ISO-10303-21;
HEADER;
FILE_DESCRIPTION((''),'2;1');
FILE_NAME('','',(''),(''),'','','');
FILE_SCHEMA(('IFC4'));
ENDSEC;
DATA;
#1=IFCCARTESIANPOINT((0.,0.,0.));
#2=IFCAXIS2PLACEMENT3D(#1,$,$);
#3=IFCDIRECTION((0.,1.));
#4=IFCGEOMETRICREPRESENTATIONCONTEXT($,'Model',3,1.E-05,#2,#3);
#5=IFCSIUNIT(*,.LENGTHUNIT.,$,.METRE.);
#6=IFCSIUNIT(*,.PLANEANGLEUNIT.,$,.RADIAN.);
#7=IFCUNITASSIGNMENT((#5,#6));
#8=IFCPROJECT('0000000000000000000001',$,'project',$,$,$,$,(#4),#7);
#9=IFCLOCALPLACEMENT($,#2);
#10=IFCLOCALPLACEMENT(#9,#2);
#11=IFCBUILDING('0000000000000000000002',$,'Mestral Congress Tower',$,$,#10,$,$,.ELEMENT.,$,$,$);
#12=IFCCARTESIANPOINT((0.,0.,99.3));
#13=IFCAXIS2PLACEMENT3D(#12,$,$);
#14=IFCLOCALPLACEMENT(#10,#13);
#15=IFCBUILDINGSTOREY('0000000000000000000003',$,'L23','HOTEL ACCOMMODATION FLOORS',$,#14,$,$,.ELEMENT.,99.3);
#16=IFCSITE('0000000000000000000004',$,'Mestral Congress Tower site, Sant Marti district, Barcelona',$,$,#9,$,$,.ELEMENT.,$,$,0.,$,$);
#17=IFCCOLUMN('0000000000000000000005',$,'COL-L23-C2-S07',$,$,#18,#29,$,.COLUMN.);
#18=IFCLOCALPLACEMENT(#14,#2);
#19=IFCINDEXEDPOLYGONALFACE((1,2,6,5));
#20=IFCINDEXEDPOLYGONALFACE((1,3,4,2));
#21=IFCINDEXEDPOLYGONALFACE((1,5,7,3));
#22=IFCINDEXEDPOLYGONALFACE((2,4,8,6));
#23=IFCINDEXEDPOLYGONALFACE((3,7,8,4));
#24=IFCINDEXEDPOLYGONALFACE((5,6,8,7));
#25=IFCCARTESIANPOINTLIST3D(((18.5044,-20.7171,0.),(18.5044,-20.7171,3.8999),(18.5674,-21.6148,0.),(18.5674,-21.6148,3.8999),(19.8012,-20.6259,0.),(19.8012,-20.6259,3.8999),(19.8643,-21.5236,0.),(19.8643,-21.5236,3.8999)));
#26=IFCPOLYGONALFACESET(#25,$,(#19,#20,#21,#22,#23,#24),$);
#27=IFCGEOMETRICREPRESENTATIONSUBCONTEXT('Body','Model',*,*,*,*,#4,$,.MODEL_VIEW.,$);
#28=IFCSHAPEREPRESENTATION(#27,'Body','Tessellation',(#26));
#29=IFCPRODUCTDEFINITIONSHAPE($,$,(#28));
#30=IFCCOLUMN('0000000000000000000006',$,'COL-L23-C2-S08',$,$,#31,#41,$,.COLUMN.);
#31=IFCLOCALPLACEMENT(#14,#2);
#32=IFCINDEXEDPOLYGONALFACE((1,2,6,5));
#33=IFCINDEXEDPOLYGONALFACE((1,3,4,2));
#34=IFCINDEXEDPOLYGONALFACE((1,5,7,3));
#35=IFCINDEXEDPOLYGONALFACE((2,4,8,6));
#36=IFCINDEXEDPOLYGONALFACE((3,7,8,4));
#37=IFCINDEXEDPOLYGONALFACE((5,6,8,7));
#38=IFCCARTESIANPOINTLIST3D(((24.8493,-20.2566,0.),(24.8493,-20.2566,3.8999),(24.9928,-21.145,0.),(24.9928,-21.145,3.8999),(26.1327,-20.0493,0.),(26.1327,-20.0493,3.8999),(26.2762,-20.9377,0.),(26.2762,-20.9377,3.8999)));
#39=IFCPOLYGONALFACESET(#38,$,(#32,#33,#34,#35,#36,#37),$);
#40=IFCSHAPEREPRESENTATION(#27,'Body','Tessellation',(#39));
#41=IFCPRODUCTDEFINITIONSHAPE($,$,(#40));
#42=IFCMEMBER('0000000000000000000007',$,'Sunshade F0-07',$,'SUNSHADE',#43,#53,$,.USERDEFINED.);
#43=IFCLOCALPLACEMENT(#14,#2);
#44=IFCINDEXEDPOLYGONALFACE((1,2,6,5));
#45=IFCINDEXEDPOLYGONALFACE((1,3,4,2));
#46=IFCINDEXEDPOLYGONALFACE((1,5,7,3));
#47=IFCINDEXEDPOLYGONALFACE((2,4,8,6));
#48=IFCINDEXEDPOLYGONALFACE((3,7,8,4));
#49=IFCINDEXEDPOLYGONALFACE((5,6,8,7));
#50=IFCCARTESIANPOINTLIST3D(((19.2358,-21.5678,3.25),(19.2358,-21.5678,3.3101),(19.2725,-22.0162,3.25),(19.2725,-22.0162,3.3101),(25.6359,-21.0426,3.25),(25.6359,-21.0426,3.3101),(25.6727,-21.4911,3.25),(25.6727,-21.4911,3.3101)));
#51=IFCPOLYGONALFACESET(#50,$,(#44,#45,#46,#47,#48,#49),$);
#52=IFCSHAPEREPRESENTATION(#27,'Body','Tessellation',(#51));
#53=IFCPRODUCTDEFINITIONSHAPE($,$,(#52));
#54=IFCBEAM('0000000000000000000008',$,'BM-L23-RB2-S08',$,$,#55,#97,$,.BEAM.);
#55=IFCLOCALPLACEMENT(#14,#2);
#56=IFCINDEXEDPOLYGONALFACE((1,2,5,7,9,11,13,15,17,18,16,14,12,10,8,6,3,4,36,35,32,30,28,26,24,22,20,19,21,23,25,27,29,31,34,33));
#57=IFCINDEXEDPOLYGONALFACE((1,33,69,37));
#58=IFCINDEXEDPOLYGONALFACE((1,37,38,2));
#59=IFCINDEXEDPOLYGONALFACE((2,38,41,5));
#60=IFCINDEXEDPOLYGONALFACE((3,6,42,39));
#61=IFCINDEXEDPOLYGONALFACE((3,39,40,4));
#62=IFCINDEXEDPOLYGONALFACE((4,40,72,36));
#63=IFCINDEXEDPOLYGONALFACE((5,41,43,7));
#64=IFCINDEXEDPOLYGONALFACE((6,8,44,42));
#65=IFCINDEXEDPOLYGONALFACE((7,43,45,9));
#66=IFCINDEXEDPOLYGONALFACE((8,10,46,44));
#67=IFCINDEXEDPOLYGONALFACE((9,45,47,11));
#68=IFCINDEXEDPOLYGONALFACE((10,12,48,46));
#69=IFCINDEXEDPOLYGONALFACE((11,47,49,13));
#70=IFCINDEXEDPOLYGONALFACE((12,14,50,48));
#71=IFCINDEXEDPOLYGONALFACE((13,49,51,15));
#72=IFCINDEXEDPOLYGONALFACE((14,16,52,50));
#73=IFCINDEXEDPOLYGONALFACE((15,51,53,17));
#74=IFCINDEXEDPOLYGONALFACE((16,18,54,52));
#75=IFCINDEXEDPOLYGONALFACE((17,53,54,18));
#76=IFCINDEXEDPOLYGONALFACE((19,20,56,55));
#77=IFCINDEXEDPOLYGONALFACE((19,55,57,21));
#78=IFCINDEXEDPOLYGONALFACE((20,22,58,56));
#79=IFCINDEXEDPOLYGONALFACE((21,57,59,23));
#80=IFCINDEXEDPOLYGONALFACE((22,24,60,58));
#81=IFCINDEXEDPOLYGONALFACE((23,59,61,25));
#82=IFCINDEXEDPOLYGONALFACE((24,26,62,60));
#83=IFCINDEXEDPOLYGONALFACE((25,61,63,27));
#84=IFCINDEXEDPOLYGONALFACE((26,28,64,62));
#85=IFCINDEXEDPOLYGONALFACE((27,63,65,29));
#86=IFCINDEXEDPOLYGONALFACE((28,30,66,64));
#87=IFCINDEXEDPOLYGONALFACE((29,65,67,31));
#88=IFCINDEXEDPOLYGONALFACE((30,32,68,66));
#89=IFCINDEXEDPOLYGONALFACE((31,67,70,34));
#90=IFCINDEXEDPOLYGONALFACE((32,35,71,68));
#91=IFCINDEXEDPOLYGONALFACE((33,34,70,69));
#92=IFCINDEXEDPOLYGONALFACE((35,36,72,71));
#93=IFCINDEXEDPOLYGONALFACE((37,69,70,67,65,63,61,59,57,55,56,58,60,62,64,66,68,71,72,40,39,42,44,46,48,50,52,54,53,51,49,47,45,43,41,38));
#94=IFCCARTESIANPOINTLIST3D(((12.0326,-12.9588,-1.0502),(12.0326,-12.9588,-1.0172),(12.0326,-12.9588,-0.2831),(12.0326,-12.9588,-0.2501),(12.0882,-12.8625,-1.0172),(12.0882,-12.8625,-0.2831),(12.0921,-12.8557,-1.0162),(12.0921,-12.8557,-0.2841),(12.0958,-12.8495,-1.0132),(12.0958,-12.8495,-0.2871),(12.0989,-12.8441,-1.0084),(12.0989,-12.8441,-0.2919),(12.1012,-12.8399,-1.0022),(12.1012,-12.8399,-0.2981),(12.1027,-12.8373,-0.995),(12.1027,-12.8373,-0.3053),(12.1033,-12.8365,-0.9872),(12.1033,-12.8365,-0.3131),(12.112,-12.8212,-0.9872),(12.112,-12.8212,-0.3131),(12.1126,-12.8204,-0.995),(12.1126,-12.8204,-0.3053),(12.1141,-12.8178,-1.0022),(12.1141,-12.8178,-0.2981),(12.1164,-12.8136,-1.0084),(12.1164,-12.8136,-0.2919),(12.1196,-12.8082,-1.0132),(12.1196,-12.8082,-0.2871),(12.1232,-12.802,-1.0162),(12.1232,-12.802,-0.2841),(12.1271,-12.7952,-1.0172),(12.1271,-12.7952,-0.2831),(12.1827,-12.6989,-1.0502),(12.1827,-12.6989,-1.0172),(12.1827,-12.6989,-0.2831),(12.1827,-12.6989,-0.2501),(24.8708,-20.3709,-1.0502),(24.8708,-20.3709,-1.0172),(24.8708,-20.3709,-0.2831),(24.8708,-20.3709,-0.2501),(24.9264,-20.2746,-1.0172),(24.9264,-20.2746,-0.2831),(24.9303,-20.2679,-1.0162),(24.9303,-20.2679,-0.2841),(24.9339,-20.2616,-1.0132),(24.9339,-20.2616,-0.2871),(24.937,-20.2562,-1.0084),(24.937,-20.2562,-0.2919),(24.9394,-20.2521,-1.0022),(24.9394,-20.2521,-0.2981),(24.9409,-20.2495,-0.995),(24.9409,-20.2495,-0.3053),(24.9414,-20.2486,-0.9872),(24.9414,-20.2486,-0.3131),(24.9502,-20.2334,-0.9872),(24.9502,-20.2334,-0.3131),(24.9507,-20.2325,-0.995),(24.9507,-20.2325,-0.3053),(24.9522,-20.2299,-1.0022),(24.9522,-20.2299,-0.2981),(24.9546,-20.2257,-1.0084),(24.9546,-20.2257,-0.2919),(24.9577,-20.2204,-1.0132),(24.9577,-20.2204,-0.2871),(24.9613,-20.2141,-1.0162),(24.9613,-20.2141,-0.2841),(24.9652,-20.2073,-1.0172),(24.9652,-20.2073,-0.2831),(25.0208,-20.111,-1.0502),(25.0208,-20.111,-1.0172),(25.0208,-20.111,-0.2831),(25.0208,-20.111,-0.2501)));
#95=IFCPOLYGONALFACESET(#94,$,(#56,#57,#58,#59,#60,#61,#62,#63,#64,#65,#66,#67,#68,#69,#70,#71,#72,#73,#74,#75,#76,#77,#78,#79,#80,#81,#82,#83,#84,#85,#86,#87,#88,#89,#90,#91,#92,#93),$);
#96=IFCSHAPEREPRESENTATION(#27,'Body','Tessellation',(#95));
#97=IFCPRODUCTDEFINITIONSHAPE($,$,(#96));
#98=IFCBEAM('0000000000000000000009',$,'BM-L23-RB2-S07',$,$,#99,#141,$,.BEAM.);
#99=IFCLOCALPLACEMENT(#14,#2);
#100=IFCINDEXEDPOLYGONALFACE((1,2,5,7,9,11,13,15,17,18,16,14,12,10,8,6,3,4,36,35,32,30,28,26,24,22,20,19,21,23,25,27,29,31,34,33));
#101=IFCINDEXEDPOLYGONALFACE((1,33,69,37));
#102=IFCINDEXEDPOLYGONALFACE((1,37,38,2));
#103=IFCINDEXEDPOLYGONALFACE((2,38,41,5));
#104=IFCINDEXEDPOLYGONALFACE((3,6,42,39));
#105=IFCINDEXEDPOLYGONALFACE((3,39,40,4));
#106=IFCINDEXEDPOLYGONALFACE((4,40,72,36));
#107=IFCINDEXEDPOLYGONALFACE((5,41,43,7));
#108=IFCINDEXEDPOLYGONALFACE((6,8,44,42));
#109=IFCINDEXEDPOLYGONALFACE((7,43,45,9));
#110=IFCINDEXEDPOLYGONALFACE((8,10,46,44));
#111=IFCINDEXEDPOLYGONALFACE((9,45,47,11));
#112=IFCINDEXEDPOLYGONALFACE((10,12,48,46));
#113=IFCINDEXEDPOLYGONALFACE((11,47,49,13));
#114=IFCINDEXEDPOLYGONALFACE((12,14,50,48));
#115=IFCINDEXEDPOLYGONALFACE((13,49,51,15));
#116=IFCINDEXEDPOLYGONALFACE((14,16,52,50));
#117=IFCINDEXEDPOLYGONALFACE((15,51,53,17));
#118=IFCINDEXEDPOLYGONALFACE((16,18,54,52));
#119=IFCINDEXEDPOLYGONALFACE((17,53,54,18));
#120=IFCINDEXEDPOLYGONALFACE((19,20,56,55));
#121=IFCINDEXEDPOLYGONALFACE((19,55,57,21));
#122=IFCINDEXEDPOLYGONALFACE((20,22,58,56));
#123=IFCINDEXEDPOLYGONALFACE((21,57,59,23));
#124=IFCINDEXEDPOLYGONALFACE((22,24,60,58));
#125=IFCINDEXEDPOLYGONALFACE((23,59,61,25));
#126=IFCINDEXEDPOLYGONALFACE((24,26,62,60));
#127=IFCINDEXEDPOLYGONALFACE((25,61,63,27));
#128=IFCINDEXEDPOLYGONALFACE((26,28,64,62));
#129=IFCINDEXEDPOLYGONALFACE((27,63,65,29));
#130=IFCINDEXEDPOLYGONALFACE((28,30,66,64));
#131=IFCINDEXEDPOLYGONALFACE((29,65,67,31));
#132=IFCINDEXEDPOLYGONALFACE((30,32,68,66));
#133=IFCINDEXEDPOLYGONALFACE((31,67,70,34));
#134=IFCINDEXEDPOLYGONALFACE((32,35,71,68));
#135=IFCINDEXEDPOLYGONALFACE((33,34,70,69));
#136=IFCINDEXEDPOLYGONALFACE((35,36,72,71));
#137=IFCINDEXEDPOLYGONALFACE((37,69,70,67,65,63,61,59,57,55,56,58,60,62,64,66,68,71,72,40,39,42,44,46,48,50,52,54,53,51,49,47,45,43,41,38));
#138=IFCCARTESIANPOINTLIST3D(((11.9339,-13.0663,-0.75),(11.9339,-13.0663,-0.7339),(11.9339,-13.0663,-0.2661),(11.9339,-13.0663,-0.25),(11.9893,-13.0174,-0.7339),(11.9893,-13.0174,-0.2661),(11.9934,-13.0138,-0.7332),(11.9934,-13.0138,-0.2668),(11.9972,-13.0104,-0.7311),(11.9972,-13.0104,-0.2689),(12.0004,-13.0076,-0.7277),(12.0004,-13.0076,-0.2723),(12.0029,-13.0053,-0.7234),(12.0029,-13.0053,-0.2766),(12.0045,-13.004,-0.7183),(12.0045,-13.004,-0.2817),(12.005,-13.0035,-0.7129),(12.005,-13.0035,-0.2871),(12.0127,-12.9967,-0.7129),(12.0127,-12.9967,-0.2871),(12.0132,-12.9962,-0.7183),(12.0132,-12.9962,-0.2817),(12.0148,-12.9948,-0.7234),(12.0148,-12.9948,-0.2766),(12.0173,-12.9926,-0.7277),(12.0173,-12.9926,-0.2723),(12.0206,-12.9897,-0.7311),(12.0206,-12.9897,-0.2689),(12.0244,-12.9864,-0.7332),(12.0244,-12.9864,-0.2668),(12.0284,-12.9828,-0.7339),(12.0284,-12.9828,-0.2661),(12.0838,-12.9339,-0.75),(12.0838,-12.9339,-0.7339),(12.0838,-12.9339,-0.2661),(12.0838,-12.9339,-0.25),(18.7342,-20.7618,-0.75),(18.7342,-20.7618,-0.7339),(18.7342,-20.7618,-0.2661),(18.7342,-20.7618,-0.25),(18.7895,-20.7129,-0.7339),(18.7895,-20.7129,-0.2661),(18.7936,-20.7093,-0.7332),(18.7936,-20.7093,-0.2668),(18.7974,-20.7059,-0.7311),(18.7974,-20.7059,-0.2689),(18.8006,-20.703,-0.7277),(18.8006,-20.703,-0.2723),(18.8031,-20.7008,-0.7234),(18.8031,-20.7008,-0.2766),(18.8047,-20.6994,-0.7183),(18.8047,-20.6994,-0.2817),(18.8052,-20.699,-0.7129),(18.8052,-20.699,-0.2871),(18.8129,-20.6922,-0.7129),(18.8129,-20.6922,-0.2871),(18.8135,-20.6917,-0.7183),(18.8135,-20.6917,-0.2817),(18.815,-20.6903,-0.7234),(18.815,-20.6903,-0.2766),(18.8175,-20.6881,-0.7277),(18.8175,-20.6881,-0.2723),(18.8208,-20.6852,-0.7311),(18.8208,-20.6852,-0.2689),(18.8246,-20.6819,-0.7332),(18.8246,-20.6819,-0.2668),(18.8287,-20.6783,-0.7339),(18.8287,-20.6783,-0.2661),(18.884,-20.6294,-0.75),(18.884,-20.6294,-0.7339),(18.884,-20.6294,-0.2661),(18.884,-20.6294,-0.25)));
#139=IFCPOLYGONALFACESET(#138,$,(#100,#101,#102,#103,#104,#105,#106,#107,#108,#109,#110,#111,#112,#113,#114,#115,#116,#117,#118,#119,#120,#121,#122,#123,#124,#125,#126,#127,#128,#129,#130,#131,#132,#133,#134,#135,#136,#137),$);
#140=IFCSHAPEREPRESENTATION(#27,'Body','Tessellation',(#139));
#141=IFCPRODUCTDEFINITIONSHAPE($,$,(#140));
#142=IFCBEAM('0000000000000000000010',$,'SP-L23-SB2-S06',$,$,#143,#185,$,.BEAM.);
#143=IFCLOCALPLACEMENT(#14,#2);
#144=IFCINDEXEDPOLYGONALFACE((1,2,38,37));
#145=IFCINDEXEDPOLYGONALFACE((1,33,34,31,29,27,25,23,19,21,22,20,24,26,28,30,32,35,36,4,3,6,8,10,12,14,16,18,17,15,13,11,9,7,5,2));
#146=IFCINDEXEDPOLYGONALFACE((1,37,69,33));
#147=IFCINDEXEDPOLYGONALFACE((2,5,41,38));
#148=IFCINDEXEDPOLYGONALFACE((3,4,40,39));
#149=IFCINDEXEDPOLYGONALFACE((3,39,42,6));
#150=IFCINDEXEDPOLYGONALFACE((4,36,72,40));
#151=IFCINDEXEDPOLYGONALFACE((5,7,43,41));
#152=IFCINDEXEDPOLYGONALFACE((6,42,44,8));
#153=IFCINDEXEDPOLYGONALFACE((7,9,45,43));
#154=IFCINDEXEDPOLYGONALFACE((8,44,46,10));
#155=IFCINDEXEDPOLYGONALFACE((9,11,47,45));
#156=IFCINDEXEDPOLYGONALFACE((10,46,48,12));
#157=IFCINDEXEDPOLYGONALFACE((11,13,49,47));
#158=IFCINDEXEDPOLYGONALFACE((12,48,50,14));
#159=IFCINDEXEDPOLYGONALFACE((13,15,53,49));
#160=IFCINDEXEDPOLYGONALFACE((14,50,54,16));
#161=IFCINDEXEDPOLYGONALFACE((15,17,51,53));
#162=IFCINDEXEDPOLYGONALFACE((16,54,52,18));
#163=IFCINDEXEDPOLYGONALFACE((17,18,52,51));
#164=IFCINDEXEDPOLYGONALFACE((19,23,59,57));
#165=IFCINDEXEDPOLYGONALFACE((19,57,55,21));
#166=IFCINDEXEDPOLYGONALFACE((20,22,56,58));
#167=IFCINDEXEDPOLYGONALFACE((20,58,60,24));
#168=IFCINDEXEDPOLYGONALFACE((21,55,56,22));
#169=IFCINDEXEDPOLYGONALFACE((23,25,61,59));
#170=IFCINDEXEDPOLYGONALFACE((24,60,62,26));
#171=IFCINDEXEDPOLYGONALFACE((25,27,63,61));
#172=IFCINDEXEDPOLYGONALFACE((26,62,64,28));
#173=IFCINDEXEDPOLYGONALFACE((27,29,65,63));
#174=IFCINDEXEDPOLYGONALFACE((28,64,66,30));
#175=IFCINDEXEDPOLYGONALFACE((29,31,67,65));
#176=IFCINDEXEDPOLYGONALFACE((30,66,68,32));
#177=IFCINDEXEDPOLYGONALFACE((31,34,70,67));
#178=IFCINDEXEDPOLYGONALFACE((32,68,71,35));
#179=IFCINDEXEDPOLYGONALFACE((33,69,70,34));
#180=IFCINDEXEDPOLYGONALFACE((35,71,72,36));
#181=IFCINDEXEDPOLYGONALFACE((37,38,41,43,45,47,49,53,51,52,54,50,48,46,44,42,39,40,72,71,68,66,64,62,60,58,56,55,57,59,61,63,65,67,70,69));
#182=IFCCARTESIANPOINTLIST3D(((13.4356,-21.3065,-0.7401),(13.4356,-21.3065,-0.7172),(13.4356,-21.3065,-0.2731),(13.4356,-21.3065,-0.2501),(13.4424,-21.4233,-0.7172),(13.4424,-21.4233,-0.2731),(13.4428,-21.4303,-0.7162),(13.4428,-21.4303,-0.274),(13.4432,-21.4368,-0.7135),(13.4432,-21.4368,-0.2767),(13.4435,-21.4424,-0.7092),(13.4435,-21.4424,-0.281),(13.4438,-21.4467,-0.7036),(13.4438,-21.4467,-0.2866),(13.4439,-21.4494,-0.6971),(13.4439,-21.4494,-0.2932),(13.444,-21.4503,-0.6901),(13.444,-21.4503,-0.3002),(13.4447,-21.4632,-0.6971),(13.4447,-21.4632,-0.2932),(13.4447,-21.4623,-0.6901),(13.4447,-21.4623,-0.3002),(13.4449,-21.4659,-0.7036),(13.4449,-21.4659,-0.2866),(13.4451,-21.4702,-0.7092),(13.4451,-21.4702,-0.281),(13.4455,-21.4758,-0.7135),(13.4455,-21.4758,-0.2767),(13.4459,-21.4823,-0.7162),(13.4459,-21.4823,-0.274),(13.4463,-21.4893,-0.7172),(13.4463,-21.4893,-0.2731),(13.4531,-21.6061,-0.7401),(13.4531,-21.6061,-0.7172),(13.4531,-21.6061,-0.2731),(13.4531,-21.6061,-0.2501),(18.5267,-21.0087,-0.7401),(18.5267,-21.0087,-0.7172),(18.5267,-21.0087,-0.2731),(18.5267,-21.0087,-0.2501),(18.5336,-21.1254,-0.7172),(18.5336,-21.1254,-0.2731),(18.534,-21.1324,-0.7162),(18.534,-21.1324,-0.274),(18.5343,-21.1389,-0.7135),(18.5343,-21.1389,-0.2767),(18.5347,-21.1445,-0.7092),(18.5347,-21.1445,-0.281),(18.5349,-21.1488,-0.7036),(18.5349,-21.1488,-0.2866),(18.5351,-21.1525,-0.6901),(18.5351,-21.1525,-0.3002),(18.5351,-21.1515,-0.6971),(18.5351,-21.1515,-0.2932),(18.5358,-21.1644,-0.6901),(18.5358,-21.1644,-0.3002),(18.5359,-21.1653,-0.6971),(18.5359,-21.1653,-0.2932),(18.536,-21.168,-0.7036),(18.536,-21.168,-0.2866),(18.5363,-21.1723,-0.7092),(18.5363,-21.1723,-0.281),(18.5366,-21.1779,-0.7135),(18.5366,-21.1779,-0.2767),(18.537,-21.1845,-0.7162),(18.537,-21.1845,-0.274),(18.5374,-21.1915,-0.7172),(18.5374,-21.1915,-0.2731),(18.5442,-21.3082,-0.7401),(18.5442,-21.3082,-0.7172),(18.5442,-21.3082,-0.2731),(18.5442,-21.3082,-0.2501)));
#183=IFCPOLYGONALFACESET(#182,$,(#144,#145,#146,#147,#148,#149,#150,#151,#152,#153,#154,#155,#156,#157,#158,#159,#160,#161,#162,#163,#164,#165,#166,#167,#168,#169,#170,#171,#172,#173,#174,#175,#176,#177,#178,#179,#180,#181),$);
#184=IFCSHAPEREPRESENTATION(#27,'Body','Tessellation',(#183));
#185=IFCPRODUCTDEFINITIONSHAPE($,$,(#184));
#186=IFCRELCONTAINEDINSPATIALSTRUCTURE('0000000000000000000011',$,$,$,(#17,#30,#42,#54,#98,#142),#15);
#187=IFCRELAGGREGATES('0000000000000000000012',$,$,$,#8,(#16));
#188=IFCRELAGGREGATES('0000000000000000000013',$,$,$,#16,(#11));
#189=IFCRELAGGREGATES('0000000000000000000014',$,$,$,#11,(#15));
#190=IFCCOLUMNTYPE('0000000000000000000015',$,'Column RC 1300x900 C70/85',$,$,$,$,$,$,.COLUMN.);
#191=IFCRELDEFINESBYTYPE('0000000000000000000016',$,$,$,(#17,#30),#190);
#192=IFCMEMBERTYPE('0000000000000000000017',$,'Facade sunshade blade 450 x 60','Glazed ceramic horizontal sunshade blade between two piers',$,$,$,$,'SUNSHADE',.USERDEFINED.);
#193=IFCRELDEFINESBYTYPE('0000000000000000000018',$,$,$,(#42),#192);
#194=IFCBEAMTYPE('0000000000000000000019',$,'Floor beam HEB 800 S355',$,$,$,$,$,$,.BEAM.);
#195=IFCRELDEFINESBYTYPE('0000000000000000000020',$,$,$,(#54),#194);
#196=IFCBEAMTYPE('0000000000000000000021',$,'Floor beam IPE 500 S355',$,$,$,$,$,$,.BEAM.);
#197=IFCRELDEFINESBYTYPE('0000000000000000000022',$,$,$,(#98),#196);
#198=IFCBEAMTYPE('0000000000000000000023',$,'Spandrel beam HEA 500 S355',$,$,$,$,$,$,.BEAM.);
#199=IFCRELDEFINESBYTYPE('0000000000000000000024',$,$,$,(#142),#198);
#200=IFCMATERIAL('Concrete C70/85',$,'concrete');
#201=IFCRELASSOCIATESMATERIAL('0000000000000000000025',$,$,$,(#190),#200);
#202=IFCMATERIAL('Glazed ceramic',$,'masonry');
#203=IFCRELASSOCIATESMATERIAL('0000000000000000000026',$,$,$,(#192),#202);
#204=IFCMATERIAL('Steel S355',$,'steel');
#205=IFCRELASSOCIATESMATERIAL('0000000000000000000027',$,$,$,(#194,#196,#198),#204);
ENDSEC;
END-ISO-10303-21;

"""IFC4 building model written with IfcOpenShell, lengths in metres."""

from ifc_helpers import new_model, si_unit, direction, frame, origin, origin_2d, place, context, subcontext, project, spatial, rectangle, i_section, extrude, material, material_profile, profile_set, type_object, element, save


model = new_model("IFC4")

# Units and contexts
model_context = context("Model", 3, precision=1e-05, world=origin(), true_north=direction((0.0, 1.0)))
body_context = subcontext(model_context, "Body", "Model", "MODEL_VIEW")
ifc_project = project(units=[si_unit("LENGTHUNIT", "METRE"), si_unit("PLANEANGLEUNIT", "RADIAN")], contexts=[model_context])

# Site, building, storey
site_placement = place(None, origin())
site = spatial("IfcSite", under=ifc_project, at=site_placement, Name="Mestral Congress Tower site, Sant Marti district, Barcelona", CompositionType="ELEMENT", RefElevation=0.0)
building_placement = place(site_placement, origin())
building = spatial("IfcBuilding", under=site, at=building_placement, Name="Mestral Congress Tower", CompositionType="ELEMENT")
storey_placement = place(building_placement, frame((0.0, 0.0, 99.3)))
storey = spatial("IfcBuildingStorey", under=building, at=storey_placement, Name="L23", Description="HOTEL ACCOMMODATION FLOORS", CompositionType="ELEMENT", Elevation=99.3)

# Columns
ifc_material_1 = material(Name="Concrete C70/85", Category="concrete")
ifc_material_profile_1 = material_profile(ifc_material_1, rectangle(XDim=1.3, YDim=0.8999, at=origin_2d()), Name="RC 1300x900")
ifc_profile_set_1 = profile_set([ifc_material_profile_1], Name="Concrete C70/85")
column_type = type_object("IfcColumnType", Name="Column RC 1300x900 C70/85", PredefinedType="COLUMN", material=ifc_profile_set_1)
for number, where, z_axis, x_axis, name in (
    (1, (19.1843, -21.1204, 0.0), (0.0, 0.0, 1.0), (0.99754, 0.070101, 0.0), "COL-L23-C2-S07"),
    (2, (25.5627, -20.5972, 0.0), (0.0, 0.0, 1.0), (0.987202, 0.159473, 0.0), "COL-L23-C2-S08"),
):
    element("IfcColumn", number, at=place(storey_placement, frame(where, z_axis=z_axis, x_axis=x_axis)), inside=storey, type_object=column_type, Name=name, PredefinedType="COLUMN", context=body_context, shape_type="SweptSolid", body=[
        extrude(rectangle(XDim=1.3, YDim=0.8999, at=origin_2d()), origin(), (0.0, 0.0, 1.0), 3.8999),
    ])

# Member
ifc_material_2 = material(Name="Glazed ceramic", Category="masonry")
ifc_material_profile_2 = material_profile(ifc_material_2, rectangle(XDim=0.45, YDim=0.0601, at=origin_2d()), Name="Ceramic blade 450 x 60")
ifc_profile_set_2 = profile_set([ifc_material_profile_2], Name="Glazed ceramic")
member_type = type_object("IfcMemberType", Name="Facade sunshade blade 450 x 60", Description="Glazed ceramic horizontal sunshade blade between two piers", ElementType="SUNSHADE", PredefinedType="USERDEFINED", material=ifc_profile_set_2)
member_placement = place(storey_placement, frame((19.2542, -21.792, 3.28), z_axis=(0.996651, 0.081777, 0.0), x_axis=(-0.081777, 0.996651, 0.0)))
element("IfcMember", 3, at=member_placement, inside=storey, type_object=member_type, Name="Sunshade F0-07", ObjectType="SUNSHADE", PredefinedType="USERDEFINED", context=body_context, shape_type="SweptSolid", body=[
    extrude(rectangle(XDim=0.45, YDim=0.0601, at=origin_2d()), origin(), (0.0, 0.0, 1.0), 6.4216),
])

# Beams
ifc_material_3 = material(Name="Steel S355", Category="steel")
ifc_material_profile_3 = material_profile(ifc_material_3, i_section(OverallWidth=0.3, OverallDepth=0.8, WebThickness=0.0176, FlangeThickness=0.033, FilletRadius=0.03, at=origin_2d()), Name="HEB 800")
ifc_profile_set_3 = profile_set([ifc_material_profile_3], Name="Steel S355")
beam_type_1 = type_object("IfcBeamType", Name="Floor beam HEB 800 S355", PredefinedType="BEAM", material=ifc_profile_set_3)
beam_1_placement = place(storey_placement, frame((24.9458, -20.241, -0.6501), z_axis=(-0.866025, 0.5, 0.0), x_axis=(-0.5, -0.866025, 0.0)))
element("IfcBeam", 4, at=beam_1_placement, inside=storey, type_object=beam_type_1, Name="BM-L23-RB2-S08", PredefinedType="BEAM", context=body_context, shape_type="SweptSolid", body=[
    extrude(i_section(OverallWidth=0.3, OverallDepth=0.8, WebThickness=0.0176, FlangeThickness=0.033, FilletRadius=0.03, at=origin_2d()), origin(), (0.0, 0.0, 1.0), 14.8242),
])
ifc_material_profile_4 = material_profile(ifc_material_3, i_section(OverallWidth=0.2, OverallDepth=0.5, WebThickness=0.0103, FlangeThickness=0.0161, FilletRadius=0.021, at=origin_2d()), Name="IPE 500")
ifc_profile_set_4 = profile_set([ifc_material_profile_4], Name="Steel S355")
beam_type_2 = type_object("IfcBeamType", Name="Floor beam IPE 500 S355", PredefinedType="BEAM", material=ifc_profile_set_4)
beam_2_placement = place(storey_placement, frame((18.8091, -20.6956, -0.5), z_axis=(-0.662174, 0.74935, 0.0), x_axis=(-0.74935, -0.662174, 0.0)))
element("IfcBeam", 5, at=beam_2_placement, inside=storey, type_object=beam_type_2, Name="BM-L23-RB2-S07", PredefinedType="BEAM", context=body_context, shape_type="SweptSolid", body=[
    extrude(i_section(OverallWidth=0.2, OverallDepth=0.5, WebThickness=0.0103, FlangeThickness=0.0161, FilletRadius=0.021, at=origin_2d()), origin(), (0.0, 0.0, 1.0), 10.2695),
])
ifc_material_profile_5 = material_profile(ifc_material_3, i_section(OverallWidth=0.3, OverallDepth=0.49, WebThickness=0.012, FlangeThickness=0.0229, FilletRadius=0.0271, at=origin_2d()), Name="HEA 500")
ifc_profile_set_5 = profile_set([ifc_material_profile_5], Name="Steel S355")
beam_type_3 = type_object("IfcBeamType", Name="Spandrel beam HEA 500 S355", PredefinedType="BEAM", material=ifc_profile_set_5)
beam_3_placement = place(storey_placement, frame((13.4443, -21.4563, -0.4951), z_axis=(0.998293, 0.058405, 0.0), x_axis=(-0.058405, 0.998293, 0.0)))
element("IfcBeam", 6, at=beam_3_placement, inside=storey, type_object=beam_type_3, Name="SP-L23-SB2-S06", PredefinedType="BEAM", context=body_context, shape_type="SweptSolid", body=[
    extrude(i_section(OverallWidth=0.3, OverallDepth=0.49, WebThickness=0.012, FlangeThickness=0.0229, FilletRadius=0.0271, at=origin_2d()), origin(), (0.0, 0.0, 1.0), 5.0999),
])

save(model, "model.ifc")
